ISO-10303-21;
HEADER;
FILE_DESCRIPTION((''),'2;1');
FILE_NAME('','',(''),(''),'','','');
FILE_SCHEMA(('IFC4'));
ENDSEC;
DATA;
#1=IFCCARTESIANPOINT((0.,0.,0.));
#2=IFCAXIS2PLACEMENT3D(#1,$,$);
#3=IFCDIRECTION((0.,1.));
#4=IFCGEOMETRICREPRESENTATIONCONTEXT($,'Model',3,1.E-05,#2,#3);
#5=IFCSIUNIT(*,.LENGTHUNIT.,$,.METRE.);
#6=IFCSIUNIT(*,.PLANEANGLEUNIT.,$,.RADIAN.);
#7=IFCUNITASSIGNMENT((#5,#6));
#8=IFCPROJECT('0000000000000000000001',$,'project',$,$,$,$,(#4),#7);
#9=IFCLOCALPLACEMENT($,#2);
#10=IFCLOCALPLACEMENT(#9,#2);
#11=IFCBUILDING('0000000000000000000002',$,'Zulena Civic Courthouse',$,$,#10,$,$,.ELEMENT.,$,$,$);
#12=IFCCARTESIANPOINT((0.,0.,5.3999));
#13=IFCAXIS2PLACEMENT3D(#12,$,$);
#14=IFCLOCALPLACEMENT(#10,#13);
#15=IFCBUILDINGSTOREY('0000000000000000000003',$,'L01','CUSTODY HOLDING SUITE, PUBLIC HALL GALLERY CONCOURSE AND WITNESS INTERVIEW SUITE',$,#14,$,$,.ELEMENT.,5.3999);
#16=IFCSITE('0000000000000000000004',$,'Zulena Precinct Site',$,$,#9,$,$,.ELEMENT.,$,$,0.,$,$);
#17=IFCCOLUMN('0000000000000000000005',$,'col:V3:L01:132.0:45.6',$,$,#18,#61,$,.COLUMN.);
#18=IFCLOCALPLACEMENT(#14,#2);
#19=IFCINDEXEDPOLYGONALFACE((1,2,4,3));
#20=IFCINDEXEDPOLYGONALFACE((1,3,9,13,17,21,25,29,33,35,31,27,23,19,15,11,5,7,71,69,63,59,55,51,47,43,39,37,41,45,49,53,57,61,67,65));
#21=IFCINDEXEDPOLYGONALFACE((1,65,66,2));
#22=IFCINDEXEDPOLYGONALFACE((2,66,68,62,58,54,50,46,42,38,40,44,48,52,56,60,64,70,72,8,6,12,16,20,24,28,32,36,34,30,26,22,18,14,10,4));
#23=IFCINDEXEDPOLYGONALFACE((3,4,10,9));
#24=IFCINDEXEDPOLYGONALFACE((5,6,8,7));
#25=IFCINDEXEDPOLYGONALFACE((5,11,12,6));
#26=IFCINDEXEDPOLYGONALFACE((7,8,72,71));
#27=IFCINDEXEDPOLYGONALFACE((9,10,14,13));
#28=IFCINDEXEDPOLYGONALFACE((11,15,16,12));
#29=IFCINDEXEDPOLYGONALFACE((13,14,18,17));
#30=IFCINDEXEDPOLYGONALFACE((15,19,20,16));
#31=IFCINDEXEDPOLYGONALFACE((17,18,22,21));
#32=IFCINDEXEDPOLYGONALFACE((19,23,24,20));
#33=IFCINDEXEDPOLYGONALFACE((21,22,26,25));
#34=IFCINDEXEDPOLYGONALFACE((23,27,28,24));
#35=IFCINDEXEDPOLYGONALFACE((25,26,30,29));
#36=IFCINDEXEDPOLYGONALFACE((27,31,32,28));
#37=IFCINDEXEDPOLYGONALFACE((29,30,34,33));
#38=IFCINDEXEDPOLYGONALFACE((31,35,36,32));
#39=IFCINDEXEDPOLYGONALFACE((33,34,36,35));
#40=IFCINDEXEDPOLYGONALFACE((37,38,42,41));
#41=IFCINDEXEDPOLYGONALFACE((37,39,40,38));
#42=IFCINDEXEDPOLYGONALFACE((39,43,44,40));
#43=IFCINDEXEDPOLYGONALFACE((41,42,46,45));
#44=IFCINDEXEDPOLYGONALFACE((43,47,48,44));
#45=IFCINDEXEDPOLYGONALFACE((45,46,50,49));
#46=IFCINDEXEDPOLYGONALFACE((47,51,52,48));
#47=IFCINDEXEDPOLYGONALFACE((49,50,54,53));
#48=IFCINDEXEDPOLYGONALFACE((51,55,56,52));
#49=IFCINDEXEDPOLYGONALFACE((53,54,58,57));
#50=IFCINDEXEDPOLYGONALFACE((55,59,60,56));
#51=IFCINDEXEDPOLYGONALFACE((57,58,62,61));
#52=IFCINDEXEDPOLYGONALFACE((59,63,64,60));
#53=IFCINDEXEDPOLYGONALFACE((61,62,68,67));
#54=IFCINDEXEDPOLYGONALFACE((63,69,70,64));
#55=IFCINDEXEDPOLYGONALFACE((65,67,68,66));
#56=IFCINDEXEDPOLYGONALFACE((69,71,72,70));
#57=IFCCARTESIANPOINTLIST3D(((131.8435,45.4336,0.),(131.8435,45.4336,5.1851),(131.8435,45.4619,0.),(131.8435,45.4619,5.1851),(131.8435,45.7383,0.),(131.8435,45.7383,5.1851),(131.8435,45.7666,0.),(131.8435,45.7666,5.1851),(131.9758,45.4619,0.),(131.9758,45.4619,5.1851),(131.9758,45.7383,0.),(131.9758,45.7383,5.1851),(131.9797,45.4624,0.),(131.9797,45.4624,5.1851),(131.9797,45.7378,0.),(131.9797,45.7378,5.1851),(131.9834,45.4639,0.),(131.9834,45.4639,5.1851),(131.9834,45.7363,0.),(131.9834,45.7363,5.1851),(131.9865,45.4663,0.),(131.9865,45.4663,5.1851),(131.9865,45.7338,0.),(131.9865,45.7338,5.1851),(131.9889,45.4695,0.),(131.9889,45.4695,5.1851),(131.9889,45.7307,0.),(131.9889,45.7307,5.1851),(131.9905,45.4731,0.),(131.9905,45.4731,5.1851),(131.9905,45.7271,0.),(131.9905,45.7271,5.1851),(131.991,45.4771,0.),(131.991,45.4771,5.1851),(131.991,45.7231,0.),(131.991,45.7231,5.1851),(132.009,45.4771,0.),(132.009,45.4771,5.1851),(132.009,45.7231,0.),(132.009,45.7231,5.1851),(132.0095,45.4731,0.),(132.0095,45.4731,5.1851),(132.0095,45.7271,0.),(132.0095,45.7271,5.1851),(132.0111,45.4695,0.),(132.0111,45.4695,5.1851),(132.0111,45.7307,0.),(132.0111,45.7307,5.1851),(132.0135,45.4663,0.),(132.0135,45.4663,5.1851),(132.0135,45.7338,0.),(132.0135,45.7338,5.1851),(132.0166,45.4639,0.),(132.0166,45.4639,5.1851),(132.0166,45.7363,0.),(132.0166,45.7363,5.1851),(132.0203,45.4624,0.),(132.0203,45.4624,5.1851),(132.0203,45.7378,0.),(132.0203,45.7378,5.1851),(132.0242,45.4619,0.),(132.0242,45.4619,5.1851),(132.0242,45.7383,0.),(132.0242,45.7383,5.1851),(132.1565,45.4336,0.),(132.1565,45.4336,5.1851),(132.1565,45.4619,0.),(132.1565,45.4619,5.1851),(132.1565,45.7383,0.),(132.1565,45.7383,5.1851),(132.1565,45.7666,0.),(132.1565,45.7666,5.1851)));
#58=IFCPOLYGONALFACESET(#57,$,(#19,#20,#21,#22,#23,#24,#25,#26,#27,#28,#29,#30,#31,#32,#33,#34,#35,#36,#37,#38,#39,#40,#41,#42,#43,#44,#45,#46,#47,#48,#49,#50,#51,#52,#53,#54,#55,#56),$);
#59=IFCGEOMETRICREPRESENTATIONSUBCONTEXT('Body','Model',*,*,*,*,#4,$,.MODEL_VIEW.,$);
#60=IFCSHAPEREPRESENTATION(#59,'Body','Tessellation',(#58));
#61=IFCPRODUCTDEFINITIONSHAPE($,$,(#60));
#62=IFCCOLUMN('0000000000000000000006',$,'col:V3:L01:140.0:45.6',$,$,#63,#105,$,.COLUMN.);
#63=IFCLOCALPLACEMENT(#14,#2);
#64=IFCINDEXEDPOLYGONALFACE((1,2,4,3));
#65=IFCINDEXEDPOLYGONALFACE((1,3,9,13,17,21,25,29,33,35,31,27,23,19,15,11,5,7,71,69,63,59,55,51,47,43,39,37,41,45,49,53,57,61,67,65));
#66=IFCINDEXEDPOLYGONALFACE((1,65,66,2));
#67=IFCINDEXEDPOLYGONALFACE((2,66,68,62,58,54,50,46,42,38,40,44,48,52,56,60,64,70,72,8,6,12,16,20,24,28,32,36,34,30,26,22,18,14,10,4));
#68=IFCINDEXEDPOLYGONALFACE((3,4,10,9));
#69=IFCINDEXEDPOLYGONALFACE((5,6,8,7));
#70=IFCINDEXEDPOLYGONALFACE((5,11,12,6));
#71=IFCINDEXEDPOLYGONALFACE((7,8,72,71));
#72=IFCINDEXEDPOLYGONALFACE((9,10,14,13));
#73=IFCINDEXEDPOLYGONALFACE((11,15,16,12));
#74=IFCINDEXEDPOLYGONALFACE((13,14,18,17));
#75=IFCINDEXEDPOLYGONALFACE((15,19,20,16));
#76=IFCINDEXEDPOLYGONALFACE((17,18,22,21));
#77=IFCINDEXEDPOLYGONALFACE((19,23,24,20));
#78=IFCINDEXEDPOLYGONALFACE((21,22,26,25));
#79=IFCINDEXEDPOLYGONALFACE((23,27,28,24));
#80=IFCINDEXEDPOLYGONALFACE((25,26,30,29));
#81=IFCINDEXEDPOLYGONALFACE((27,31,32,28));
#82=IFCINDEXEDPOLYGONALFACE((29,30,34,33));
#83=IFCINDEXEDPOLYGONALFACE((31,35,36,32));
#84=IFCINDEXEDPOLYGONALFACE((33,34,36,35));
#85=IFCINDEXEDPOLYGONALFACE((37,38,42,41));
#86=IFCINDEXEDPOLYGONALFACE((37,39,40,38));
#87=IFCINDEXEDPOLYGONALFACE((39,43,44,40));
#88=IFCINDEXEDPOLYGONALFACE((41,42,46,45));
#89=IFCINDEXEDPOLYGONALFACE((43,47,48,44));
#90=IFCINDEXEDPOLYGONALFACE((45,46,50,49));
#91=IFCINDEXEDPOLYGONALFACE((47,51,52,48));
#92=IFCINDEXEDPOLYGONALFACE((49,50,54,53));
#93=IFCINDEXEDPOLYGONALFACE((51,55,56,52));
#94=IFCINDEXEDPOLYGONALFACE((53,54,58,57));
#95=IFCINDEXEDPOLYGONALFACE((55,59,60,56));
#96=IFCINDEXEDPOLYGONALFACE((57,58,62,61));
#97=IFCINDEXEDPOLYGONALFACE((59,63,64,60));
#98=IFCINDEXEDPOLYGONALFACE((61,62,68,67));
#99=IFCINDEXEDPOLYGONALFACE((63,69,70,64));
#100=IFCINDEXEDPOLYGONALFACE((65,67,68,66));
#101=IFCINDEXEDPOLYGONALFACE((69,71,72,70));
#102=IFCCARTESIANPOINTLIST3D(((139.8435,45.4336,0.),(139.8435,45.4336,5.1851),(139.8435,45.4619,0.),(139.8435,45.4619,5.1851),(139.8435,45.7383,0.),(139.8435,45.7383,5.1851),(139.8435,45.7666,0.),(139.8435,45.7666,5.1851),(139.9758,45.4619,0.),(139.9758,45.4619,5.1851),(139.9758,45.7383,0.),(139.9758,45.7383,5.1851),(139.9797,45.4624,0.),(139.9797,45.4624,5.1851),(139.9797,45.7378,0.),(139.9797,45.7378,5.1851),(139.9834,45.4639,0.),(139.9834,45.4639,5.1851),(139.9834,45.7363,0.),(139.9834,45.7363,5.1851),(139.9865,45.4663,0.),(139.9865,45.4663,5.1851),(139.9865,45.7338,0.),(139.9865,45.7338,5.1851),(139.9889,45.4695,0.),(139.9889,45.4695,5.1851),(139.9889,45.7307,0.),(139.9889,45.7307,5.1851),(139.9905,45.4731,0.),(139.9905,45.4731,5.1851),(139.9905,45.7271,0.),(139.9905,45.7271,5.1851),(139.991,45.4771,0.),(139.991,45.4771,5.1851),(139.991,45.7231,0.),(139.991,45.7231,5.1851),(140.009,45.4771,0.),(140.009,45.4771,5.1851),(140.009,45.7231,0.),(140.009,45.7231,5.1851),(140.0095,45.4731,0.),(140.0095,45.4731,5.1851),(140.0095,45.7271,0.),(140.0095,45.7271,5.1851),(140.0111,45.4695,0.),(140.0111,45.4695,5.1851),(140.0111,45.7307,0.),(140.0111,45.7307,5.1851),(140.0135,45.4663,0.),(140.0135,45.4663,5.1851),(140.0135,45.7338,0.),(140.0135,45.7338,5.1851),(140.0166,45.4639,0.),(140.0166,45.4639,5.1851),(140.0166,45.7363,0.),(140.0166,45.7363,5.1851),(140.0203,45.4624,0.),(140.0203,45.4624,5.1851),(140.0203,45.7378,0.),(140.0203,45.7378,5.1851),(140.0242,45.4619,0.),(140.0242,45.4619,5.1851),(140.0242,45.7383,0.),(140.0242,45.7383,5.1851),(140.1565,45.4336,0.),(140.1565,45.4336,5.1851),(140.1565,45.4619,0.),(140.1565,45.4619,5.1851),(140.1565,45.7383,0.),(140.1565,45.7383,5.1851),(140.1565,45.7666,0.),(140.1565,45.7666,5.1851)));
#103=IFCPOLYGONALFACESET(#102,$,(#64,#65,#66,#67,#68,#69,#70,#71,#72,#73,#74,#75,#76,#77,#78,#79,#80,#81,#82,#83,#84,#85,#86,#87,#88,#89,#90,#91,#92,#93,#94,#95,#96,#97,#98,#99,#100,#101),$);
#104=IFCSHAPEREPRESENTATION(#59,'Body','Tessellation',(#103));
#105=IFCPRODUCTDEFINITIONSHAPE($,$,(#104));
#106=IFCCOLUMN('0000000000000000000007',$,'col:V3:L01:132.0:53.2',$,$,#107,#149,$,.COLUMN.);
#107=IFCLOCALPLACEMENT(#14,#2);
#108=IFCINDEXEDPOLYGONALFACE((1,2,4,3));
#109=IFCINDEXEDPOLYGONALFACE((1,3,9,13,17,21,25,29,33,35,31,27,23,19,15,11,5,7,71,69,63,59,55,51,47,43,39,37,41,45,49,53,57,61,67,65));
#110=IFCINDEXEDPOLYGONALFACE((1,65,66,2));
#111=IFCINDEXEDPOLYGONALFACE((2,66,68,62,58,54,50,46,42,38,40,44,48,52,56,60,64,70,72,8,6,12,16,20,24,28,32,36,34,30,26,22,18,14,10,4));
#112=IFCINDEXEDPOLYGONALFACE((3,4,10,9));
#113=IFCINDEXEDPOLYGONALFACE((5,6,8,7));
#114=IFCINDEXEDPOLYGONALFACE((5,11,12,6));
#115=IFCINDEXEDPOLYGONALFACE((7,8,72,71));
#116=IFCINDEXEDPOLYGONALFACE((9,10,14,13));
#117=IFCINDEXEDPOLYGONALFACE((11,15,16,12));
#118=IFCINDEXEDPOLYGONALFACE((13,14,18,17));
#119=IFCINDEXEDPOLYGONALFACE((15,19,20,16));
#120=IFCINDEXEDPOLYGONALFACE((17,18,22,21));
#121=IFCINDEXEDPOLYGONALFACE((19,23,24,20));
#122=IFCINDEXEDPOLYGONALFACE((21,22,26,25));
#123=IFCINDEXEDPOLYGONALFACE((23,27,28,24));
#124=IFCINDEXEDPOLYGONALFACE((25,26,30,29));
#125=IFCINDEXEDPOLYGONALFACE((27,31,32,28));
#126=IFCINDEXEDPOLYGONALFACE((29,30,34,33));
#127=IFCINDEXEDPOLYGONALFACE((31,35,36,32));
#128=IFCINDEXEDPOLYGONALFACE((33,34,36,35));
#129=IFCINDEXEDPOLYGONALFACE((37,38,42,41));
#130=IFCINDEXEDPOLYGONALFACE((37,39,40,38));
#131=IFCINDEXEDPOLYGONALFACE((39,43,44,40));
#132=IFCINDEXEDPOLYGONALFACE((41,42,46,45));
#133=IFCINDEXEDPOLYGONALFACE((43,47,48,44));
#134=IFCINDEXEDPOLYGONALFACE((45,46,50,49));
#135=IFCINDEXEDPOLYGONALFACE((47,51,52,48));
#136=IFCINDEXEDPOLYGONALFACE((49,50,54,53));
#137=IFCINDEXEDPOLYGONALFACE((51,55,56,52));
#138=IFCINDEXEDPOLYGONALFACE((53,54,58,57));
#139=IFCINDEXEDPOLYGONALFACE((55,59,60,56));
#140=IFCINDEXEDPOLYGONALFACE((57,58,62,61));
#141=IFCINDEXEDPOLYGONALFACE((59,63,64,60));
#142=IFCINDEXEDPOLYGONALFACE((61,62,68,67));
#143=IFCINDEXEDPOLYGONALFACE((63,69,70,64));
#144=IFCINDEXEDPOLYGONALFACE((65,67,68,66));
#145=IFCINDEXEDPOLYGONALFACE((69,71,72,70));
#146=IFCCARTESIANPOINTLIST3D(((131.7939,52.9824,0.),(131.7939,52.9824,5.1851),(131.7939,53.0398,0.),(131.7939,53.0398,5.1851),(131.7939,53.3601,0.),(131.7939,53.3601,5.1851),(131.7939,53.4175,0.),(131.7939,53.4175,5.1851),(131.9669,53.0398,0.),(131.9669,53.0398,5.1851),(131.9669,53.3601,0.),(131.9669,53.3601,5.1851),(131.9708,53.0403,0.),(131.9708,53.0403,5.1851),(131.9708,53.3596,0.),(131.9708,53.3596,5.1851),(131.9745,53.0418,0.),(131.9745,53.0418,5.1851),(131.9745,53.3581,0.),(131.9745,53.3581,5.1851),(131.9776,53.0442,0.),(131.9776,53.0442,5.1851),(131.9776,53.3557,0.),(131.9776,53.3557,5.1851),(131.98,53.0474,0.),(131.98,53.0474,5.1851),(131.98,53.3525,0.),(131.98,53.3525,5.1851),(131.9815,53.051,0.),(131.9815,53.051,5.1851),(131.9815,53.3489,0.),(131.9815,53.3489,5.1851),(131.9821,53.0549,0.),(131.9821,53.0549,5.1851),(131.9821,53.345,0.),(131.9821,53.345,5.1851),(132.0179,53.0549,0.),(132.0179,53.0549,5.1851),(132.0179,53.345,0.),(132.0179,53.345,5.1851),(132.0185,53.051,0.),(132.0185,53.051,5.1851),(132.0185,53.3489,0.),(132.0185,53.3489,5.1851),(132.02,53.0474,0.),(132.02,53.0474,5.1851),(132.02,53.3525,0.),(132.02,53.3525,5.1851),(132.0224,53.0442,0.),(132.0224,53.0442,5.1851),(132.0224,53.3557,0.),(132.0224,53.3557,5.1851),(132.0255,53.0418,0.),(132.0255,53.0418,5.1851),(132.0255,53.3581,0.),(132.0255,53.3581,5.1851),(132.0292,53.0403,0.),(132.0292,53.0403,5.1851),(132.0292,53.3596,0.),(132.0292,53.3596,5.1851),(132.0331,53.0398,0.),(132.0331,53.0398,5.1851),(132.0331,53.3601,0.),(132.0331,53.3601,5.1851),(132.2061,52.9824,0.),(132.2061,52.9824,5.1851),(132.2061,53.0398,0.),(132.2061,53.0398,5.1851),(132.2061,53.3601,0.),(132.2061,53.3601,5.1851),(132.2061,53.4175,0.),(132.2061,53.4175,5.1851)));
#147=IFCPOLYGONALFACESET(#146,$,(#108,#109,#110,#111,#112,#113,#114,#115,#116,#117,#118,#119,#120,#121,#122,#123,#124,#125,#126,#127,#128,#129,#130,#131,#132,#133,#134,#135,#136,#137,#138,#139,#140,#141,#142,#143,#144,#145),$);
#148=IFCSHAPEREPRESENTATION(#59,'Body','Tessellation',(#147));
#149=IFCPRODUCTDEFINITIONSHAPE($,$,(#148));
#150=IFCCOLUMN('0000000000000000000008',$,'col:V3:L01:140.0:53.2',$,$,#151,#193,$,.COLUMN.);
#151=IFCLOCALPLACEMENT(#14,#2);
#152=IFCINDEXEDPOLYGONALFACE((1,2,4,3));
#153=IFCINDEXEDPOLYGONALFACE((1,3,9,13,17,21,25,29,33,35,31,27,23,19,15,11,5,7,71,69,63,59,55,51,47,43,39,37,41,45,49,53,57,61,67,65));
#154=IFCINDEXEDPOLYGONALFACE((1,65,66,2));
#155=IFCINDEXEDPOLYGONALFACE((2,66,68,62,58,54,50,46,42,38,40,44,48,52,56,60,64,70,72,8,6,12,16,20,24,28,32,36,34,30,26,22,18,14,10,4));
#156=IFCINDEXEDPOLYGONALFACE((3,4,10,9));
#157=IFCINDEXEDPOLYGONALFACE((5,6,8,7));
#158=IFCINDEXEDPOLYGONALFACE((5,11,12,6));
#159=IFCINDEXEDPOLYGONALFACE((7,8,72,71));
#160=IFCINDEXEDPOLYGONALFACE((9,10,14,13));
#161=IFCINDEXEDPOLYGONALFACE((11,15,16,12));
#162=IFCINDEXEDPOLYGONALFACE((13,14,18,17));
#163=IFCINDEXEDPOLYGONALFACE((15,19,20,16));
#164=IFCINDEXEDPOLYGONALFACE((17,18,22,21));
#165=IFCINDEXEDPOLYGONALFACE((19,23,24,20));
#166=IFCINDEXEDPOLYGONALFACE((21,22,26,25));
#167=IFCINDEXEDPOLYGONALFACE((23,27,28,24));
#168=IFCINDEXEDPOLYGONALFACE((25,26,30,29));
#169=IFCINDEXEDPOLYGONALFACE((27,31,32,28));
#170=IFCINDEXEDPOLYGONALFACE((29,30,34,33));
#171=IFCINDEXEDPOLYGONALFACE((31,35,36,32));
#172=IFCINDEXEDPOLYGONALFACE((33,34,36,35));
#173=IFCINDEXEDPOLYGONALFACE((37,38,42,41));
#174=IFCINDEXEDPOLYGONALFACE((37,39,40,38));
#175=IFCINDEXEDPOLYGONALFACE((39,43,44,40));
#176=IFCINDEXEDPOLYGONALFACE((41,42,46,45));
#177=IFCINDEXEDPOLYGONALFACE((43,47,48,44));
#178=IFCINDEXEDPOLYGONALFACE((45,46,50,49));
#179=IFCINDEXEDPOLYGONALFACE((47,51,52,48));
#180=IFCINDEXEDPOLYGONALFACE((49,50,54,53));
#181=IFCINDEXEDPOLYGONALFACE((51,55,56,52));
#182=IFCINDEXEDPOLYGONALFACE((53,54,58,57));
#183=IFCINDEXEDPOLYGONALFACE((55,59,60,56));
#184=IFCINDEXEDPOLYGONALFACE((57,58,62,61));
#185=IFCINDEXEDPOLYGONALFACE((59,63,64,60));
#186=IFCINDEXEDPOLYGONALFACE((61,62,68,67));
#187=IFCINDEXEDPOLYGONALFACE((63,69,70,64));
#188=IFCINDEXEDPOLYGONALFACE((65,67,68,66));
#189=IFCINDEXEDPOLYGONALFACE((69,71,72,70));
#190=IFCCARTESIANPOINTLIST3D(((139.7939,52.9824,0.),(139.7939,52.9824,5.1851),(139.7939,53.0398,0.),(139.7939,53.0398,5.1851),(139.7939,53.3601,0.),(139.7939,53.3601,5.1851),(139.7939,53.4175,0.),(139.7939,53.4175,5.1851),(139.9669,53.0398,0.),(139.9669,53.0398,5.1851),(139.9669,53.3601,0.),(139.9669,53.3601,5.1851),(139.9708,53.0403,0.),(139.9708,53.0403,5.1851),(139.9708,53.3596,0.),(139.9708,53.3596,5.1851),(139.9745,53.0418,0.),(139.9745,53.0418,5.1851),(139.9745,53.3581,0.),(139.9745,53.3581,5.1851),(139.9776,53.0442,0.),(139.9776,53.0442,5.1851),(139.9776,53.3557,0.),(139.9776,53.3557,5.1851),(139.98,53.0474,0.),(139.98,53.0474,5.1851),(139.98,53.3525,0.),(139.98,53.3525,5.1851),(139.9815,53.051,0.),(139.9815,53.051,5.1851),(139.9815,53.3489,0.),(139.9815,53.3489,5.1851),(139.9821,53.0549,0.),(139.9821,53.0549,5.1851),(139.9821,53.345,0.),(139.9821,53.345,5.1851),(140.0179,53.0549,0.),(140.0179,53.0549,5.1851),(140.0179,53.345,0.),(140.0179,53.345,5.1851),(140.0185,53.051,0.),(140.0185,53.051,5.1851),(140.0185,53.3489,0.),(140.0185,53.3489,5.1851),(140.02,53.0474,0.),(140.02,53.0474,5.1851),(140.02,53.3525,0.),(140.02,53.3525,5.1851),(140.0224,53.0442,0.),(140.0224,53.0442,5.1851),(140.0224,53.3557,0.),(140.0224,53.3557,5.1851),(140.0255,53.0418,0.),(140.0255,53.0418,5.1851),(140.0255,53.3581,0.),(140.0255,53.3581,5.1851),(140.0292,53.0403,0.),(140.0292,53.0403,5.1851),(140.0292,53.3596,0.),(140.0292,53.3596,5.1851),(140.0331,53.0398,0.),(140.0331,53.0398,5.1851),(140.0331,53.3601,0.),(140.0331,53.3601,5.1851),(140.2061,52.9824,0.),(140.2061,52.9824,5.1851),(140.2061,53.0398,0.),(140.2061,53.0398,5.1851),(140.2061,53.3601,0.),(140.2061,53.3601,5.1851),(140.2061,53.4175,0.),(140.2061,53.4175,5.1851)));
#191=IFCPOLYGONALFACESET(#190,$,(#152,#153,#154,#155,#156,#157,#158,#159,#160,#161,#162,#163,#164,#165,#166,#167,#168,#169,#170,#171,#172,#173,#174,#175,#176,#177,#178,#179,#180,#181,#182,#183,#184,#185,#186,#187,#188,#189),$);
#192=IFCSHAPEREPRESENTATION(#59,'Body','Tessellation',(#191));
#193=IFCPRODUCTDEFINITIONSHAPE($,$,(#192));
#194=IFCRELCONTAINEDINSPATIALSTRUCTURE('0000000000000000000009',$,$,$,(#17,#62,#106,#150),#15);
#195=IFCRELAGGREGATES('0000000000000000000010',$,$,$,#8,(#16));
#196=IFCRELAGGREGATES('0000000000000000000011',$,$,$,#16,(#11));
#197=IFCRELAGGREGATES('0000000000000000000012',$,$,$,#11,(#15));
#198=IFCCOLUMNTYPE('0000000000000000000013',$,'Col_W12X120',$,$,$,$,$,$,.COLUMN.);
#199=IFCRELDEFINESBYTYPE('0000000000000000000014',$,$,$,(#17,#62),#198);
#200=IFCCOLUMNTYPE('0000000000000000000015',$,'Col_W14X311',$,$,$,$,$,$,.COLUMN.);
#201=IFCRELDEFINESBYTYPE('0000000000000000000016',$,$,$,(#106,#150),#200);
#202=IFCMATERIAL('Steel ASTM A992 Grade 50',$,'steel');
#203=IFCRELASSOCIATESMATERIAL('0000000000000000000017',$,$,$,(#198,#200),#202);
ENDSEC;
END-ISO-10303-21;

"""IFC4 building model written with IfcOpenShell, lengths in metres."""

from ifc_helpers import new_model, si_unit, direction, frame, origin, origin_2d, place, context, subcontext, project, spatial, i_section, extrude, material, material_profile, profile_set, type_object, element, save


model = new_model("IFC4")

# Units and contexts
model_context = context("Model", 3, precision=1e-05, world=origin(), true_north=direction((0.0, 1.0)))
body_context = subcontext(model_context, "Body", "Model", "MODEL_VIEW")
ifc_project = project(units=[si_unit("LENGTHUNIT", "METRE"), si_unit("PLANEANGLEUNIT", "RADIAN")], contexts=[model_context])

# Site, building, storey
site_placement = place(None, origin())
site = spatial("IfcSite", under=ifc_project, at=site_placement, Name="Zulena Precinct Site", CompositionType="ELEMENT", RefElevation=0.0)
building_placement = place(site_placement, origin())
building = spatial("IfcBuilding", under=site, at=building_placement, Name="Zulena Civic Courthouse", CompositionType="ELEMENT")
storey_placement = place(building_placement, frame((0.0, 0.0, 5.3999)))
storey = spatial("IfcBuildingStorey", under=building, at=storey_placement, Name="L01", Description="CUSTODY HOLDING SUITE, PUBLIC HALL GALLERY CONCOURSE AND WITNESS INTERVIEW SUITE", CompositionType="ELEMENT", Elevation=5.3999)

# Columns
ifc_material_1 = material(Name="Steel ASTM A992 Grade 50", Category="steel")
ifc_material_profile_1 = material_profile(ifc_material_1, i_section(OverallWidth=0.313, OverallDepth=0.333, WebThickness=0.0181, FlangeThickness=0.0283, FilletRadius=0.0151, at=origin_2d()), Name="W12X120")
ifc_profile_set_1 = profile_set([ifc_material_profile_1], Name="Steel ASTM A992 Grade 50")
column_type_1 = type_object("IfcColumnType", Name="Col_W12X120", PredefinedType="COLUMN", material=ifc_profile_set_1)
for number, where, z_axis, x_axis, name in (
    (1, (132.0, 45.6001, 0.0), (0.0, 0.0, 1.0), (1.0, 0.0, 0.0), "col:V3:L01:132.0:45.6"),
    (2, (140.0, 45.6001, 0.0), (0.0, 0.0, 1.0), (1.0, 0.0, 0.0), "col:V3:L01:140.0:45.6"),
):
    element("IfcColumn", number, at=place(storey_placement, frame(where, z_axis=z_axis, x_axis=x_axis)), inside=storey, type_object=column_type_1, Name=name, PredefinedType="COLUMN", context=body_context, shape_type="SweptSolid", body=[
        extrude(i_section(OverallWidth=0.313, OverallDepth=0.333, WebThickness=0.0181, FlangeThickness=0.0283, FilletRadius=0.0151, at=origin_2d()), origin(), (0.0, 0.0, 1.0), 5.1851),
    ])
ifc_material_profile_2 = material_profile(ifc_material_1, i_section(OverallWidth=0.4121, OverallDepth=0.4351, WebThickness=0.0359, FlangeThickness=0.0574, FilletRadius=0.0151, at=origin_2d()), Name="W14X311")
ifc_profile_set_2 = profile_set([ifc_material_profile_2], Name="Steel ASTM A992 Grade 50")
column_type_2 = type_object("IfcColumnType", Name="Col_W14X311", PredefinedType="COLUMN", material=ifc_profile_set_2)
for number, where, z_axis, x_axis, name in (
    (3, (132.0, 53.2, 0.0), (0.0, 0.0, 1.0), (1.0, 0.0, 0.0), "col:V3:L01:132.0:53.2"),
    (4, (140.0, 53.2, 0.0), (0.0, 0.0, 1.0), (1.0, 0.0, 0.0), "col:V3:L01:140.0:53.2"),
):
    element("IfcColumn", number, at=place(storey_placement, frame(where, z_axis=z_axis, x_axis=x_axis)), inside=storey, type_object=column_type_2, Name=name, PredefinedType="COLUMN", context=body_context, shape_type="SweptSolid", body=[
        extrude(i_section(OverallWidth=0.4121, OverallDepth=0.4351, WebThickness=0.0359, FlangeThickness=0.0574, FilletRadius=0.0151, at=origin_2d()), origin(), (0.0, 0.0, 1.0), 5.1851),
    ])

save(model, "model.ifc")
